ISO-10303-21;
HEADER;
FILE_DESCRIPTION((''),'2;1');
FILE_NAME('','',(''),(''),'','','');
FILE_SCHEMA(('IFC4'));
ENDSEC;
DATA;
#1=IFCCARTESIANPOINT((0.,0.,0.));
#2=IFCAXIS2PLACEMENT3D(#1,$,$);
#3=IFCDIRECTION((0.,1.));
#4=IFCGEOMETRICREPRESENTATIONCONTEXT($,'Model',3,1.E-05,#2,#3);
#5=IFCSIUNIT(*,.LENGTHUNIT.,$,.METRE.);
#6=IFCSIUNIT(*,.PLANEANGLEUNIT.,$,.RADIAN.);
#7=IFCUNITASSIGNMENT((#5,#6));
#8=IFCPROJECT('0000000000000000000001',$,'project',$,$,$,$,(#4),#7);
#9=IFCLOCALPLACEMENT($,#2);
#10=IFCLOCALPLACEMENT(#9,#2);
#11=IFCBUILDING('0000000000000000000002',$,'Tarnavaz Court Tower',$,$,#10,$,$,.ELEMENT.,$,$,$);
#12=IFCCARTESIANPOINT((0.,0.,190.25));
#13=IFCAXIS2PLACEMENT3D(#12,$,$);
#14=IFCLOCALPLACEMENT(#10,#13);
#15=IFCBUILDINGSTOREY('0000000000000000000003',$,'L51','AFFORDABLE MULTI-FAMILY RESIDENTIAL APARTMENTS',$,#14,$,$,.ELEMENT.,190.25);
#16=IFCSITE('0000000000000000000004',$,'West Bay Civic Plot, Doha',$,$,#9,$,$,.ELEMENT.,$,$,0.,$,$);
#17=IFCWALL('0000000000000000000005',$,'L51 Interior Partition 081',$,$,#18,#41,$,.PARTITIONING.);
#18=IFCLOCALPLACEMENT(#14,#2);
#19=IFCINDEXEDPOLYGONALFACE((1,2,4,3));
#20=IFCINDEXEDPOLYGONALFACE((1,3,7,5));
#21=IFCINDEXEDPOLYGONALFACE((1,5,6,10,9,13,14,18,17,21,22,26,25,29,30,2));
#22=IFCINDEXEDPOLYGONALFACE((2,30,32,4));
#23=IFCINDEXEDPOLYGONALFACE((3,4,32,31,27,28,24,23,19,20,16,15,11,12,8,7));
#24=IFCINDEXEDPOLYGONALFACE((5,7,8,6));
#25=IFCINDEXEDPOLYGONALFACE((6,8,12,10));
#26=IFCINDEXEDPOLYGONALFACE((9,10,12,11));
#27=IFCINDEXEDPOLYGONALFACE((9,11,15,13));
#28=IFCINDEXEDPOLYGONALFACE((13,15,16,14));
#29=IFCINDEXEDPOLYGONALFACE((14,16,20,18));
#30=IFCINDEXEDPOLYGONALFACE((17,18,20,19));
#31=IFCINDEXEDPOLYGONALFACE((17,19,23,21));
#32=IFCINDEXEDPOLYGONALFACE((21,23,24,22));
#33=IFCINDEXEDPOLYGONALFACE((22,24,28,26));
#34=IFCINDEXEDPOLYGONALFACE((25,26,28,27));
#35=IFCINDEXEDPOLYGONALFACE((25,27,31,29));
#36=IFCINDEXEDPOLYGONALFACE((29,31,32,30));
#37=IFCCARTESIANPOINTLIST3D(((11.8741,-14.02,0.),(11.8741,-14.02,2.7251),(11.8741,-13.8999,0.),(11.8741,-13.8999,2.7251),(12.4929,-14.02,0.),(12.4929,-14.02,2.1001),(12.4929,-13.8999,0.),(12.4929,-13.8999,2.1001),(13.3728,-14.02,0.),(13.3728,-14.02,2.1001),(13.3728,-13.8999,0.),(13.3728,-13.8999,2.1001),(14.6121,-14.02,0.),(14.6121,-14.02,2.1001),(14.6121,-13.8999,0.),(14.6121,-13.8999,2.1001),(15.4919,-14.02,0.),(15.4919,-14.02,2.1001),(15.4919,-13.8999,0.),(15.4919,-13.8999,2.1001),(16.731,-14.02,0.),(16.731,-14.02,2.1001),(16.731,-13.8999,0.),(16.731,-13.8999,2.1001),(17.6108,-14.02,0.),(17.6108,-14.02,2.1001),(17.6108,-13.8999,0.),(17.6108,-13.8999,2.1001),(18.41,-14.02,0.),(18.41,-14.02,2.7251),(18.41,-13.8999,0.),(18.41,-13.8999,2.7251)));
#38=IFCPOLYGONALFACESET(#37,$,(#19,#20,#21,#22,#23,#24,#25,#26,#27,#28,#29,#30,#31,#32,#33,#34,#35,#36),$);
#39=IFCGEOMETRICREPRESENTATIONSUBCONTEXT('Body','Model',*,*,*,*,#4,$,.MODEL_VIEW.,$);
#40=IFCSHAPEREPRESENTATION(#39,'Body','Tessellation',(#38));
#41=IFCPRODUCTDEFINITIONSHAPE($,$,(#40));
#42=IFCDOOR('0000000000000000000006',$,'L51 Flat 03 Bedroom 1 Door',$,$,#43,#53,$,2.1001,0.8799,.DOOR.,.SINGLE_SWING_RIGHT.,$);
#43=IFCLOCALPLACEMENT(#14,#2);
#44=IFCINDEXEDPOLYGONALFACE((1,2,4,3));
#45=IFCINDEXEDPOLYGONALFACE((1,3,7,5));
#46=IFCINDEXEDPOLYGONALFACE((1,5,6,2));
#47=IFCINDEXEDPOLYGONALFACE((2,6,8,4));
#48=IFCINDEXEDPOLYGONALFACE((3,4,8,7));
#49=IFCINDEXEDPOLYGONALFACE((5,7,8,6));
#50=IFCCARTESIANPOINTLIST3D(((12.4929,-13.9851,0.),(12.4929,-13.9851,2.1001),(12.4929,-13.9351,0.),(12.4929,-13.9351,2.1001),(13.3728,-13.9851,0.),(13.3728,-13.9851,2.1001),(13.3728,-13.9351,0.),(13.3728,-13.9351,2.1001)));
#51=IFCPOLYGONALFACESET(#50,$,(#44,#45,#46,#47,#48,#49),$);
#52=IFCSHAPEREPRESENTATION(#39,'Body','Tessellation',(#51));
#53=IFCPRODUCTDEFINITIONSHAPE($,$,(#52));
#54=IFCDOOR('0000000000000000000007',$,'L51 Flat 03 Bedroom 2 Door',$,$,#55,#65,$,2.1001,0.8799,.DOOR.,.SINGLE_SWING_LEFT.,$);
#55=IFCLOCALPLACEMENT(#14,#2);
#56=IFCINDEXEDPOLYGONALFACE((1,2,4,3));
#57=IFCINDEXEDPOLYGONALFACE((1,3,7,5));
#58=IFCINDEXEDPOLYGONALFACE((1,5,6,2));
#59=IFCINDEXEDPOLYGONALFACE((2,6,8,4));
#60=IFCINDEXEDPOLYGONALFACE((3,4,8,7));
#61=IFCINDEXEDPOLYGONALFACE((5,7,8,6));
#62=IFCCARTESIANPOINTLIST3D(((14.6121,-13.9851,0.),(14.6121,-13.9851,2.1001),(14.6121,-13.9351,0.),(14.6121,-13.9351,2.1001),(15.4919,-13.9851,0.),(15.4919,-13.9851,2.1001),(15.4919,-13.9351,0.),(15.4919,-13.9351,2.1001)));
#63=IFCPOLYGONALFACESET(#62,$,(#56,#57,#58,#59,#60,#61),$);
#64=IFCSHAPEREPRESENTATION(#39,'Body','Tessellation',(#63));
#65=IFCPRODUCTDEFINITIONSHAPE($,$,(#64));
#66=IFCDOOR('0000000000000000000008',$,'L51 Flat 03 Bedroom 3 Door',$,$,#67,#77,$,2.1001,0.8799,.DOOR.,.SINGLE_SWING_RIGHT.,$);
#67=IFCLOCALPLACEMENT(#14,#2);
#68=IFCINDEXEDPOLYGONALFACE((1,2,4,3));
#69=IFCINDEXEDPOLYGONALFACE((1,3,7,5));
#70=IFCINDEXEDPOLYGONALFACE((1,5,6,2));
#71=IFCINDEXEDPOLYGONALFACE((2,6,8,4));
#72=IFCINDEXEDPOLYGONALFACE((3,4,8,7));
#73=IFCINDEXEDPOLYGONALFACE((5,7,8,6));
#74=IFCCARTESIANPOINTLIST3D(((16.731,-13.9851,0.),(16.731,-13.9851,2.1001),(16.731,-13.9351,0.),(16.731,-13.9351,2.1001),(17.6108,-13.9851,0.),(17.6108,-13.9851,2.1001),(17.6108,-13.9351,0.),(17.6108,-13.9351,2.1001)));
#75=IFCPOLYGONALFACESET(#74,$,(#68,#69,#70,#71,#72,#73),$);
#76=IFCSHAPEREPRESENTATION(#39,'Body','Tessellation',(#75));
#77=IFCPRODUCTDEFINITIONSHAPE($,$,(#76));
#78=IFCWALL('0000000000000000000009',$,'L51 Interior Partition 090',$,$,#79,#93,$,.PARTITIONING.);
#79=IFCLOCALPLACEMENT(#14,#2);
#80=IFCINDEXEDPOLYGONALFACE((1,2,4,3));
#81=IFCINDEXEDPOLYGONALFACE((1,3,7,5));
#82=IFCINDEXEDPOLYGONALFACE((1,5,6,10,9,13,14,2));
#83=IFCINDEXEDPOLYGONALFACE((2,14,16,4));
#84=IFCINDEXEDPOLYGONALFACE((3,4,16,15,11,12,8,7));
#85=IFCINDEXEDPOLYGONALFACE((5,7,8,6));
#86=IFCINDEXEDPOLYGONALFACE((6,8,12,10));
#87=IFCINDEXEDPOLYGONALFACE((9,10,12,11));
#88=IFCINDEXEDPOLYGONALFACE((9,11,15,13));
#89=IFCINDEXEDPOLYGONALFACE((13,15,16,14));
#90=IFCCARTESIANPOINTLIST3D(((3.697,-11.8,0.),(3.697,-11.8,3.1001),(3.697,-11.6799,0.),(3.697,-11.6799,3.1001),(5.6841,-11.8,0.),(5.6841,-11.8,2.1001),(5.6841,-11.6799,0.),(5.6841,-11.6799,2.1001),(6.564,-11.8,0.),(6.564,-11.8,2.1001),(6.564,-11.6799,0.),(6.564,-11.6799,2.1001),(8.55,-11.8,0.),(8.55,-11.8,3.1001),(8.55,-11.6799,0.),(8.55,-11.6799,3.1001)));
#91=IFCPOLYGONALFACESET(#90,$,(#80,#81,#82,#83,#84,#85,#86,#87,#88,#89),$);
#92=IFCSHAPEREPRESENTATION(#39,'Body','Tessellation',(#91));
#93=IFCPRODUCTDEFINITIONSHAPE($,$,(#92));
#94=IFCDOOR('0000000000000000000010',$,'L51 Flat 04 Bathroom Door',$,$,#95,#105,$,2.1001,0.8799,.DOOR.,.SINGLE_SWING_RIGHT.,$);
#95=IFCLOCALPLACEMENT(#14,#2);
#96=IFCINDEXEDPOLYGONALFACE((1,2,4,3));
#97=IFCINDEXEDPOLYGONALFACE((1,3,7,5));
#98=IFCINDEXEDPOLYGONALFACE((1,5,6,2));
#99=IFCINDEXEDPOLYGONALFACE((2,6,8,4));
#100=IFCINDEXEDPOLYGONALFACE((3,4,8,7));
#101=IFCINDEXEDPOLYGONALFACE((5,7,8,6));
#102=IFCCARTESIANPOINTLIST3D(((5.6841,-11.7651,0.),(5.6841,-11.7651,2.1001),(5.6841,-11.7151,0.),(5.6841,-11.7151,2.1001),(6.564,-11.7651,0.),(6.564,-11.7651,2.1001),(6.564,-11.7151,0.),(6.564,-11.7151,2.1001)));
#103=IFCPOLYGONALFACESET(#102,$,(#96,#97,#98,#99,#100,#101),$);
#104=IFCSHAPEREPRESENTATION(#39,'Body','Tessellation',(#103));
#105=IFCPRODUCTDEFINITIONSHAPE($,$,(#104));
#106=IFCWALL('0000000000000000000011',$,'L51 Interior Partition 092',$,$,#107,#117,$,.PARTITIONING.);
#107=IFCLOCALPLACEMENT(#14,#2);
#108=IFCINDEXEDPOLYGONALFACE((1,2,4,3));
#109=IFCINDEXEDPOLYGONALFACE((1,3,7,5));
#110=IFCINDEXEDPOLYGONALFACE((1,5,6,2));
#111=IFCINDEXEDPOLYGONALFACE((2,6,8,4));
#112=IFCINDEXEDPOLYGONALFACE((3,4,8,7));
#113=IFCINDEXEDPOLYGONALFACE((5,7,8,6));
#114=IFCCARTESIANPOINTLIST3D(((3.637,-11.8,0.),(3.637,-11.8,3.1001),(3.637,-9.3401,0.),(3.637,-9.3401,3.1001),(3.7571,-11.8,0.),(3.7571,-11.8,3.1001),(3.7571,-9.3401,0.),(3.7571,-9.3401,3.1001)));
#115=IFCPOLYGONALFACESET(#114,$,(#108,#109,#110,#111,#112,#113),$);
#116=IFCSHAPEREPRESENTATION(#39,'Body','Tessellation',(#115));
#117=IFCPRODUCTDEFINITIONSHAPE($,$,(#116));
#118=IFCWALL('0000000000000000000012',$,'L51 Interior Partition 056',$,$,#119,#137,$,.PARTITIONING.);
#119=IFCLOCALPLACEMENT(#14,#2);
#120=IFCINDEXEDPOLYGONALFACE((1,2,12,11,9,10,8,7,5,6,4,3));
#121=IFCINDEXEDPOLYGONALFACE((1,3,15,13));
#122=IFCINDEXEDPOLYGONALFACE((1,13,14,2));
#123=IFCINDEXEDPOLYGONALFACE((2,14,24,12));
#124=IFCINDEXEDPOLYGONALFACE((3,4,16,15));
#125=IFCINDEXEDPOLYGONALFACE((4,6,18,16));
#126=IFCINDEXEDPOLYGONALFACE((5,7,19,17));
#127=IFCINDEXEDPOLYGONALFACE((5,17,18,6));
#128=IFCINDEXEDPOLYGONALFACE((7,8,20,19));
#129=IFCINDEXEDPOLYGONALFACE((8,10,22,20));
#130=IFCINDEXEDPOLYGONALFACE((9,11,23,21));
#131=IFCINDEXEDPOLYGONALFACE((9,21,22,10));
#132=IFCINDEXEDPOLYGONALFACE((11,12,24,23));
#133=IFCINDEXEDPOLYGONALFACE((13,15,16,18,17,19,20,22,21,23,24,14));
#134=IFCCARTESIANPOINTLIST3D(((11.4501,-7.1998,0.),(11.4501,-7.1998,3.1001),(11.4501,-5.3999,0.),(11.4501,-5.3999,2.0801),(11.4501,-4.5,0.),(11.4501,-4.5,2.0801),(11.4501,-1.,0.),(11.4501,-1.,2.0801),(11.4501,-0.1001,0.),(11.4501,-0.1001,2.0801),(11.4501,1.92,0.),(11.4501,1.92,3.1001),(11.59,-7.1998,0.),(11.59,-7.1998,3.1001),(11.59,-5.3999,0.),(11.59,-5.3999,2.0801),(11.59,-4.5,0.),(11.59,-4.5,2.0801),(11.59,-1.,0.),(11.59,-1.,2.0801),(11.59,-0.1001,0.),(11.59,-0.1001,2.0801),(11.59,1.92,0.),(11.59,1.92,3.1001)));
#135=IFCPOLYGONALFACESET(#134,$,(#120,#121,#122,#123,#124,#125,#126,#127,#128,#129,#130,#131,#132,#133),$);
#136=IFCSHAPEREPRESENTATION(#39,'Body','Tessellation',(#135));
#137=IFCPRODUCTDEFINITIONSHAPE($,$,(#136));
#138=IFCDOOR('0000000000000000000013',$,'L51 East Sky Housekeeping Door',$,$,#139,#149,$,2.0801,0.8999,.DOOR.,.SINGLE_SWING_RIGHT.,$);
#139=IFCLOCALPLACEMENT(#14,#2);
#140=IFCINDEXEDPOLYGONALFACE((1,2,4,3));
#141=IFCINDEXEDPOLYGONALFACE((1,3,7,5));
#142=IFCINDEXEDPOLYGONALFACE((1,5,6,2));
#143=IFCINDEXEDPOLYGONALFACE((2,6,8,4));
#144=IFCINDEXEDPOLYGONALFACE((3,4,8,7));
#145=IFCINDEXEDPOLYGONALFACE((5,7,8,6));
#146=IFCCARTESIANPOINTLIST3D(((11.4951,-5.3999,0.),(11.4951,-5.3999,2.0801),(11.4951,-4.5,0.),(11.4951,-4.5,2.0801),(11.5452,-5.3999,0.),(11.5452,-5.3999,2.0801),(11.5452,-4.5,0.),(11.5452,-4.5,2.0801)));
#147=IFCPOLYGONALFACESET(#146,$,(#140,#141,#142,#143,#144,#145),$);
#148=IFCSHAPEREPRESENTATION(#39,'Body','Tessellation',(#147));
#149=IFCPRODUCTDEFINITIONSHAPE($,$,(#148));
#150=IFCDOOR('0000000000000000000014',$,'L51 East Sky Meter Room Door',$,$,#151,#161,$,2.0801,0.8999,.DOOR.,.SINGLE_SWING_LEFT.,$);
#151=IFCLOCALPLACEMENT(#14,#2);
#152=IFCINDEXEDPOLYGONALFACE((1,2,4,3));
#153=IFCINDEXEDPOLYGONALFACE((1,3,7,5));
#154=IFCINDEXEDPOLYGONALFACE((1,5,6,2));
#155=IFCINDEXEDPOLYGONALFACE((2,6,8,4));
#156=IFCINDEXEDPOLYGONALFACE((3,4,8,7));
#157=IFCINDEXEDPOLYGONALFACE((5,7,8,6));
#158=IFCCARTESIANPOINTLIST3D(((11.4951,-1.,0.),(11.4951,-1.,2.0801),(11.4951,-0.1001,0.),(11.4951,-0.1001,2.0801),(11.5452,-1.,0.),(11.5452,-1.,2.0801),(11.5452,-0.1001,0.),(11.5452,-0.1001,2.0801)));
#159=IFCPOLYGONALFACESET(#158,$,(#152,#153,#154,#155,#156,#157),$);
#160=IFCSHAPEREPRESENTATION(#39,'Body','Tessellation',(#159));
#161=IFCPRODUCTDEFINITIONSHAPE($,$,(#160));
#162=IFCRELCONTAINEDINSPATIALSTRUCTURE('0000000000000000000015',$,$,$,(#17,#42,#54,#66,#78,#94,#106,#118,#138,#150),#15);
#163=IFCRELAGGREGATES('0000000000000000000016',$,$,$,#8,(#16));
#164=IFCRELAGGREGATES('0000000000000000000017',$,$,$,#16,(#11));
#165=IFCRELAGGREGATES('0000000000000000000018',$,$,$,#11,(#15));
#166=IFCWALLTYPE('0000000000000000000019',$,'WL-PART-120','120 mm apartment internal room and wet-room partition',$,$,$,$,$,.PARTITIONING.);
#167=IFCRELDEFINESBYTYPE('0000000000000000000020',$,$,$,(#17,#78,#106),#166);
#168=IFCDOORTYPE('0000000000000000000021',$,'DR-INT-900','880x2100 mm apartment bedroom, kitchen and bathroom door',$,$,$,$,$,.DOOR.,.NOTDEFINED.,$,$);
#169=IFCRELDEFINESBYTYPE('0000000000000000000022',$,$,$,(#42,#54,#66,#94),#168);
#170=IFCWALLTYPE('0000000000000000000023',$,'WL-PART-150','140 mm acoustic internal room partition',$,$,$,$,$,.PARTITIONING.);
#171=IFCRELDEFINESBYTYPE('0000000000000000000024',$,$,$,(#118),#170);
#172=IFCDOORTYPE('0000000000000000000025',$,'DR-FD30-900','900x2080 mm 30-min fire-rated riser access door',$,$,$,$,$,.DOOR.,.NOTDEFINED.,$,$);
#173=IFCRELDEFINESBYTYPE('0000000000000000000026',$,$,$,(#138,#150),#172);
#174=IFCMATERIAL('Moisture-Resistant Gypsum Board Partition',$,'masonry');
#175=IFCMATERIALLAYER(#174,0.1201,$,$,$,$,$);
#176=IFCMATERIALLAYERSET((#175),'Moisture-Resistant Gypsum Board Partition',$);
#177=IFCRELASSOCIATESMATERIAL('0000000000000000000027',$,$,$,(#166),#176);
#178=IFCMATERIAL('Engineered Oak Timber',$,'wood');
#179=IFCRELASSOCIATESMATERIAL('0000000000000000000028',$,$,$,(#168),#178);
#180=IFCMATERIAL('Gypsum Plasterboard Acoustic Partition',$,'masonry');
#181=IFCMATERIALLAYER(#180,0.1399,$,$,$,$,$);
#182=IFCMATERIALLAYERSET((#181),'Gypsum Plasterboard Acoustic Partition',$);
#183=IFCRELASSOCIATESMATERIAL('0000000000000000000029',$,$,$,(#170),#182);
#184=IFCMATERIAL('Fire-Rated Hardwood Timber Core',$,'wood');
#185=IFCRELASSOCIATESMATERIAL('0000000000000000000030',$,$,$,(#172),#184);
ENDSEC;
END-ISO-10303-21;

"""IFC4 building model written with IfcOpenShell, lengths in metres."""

from ifc_helpers import new_model, si_unit, direction, frame, frame_2d, origin, place, context, subcontext, project, spatial, rectangle, extrude, material, layer, layer_set, type_object, element, fill, save


model = new_model("IFC4")

# Units and contexts
model_context = context("Model", 3, precision=1e-05, world=origin(), true_north=direction((0.0, 1.0)))
body_context = subcontext(model_context, "Body", "Model", "MODEL_VIEW")
ifc_project = project(units=[si_unit("LENGTHUNIT", "METRE"), si_unit("PLANEANGLEUNIT", "RADIAN")], contexts=[model_context])

# Site, building, storey
site_placement = place(None, origin())
site = spatial("IfcSite", under=ifc_project, at=site_placement, Name="West Bay Civic Plot, Doha", CompositionType="ELEMENT", RefElevation=0.0)
building_placement = place(site_placement, origin())
building = spatial("IfcBuilding", under=site, at=building_placement, Name="Tarnavaz Court Tower", CompositionType="ELEMENT")
storey_placement = place(building_placement, frame((0.0, 0.0, 190.25)))
storey = spatial("IfcBuildingStorey", under=building, at=storey_placement, Name="L51", Description="AFFORDABLE MULTI-FAMILY RESIDENTIAL APARTMENTS", CompositionType="ELEMENT", Elevation=190.25)

# Shared definitions
ifc_material_1 = material(Name="Fire-Rated Hardwood Timber Core", Category="wood")

# Wall, openings, doors
ifc_material_2 = material(Name="Moisture-Resistant Gypsum Board Partition", Category="masonry")
ifc_layer_1 = layer(ifc_material_2, 0.1201)
ifc_layer_set_1 = layer_set([ifc_layer_1], Name="Moisture-Resistant Gypsum Board Partition")
wall_type_1 = type_object("IfcWallType", Name="WL-PART-120", Description="120 mm apartment internal room and wet-room partition", PredefinedType="PARTITIONING", material=ifc_layer_set_1)
wall_1_placement = place(storey_placement, frame((11.874, -13.96, 0.0), z_axis=(0.0, 0.0, 1.0), x_axis=(1.0, 0.0, 0.0)))
wall_1 = element("IfcWall", 1, at=wall_1_placement, inside=storey, type_object=wall_type_1, Name="L51 Interior Partition 081", PredefinedType="PARTITIONING", context=body_context, shape_type="SweptSolid", body=[
    extrude(rectangle(XDim=6.5359, YDim=0.1201, at=frame_2d((3.2681, 0.0))), origin(), (0.0, 0.0, 1.0), 2.7251),
])
opening_1_placement = place(wall_1_placement, frame((0.6189, 0.0, 0.0)))
opening_1 = element("IfcOpeningElement", 2, at=opening_1_placement, cuts=wall_1, PredefinedType="OPENING", context=body_context, shape_type="SweptSolid", body=[
    extrude(rectangle(XDim=0.8799, YDim=2.1001, at=frame_2d((0.4399, 1.05))), frame((0.0, 0.0701, 0.0), z_axis=(0.0, -1.0, 0.0), x_axis=(1.0, 0.0, 0.0)), (0.0, 0.0, 1.0), 0.1401),
])
opening_2_placement = place(wall_1_placement, frame((2.738, 0.0, 0.0)))
opening_2 = element("IfcOpeningElement", 3, at=opening_2_placement, cuts=wall_1, PredefinedType="OPENING", context=body_context, shape_type="SweptSolid", body=[
    extrude(rectangle(XDim=0.8799, YDim=2.1001, at=frame_2d((0.4399, 1.05))), frame((0.0, 0.0701, 0.0), z_axis=(0.0, -1.0, 0.0), x_axis=(1.0, 0.0, 0.0)), (0.0, 0.0, 1.0), 0.1401),
])
opening_3_placement = place(wall_1_placement, frame((4.8569, 0.0, 0.0)))
opening_3 = element("IfcOpeningElement", 4, at=opening_3_placement, cuts=wall_1, PredefinedType="OPENING", context=body_context, shape_type="SweptSolid", body=[
    extrude(rectangle(XDim=0.8799, YDim=2.1001, at=frame_2d((0.4399, 1.05))), frame((0.0, 0.0701, 0.0), z_axis=(0.0, -1.0, 0.0), x_axis=(1.0, 0.0, 0.0)), (0.0, 0.0, 1.0), 0.1401),
])
ifc_material_3 = material(Name="Engineered Oak Timber", Category="wood")
door_type_1 = type_object("IfcDoorType", Name="DR-INT-900", Description="880x2100 mm apartment bedroom, kitchen and bathroom door", OperationType="NOTDEFINED", PredefinedType="DOOR", material=ifc_material_3)
door_1_placement = place(opening_1_placement, origin())
door_1 = element("IfcDoor", 5, at=door_1_placement, inside=storey, type_object=door_type_1, Name="L51 Flat 03 Bedroom 1 Door", OperationType="SINGLE_SWING_RIGHT", OverallHeight=2.1001, OverallWidth=0.8799, PredefinedType="DOOR", context=body_context, shape_type="SweptSolid", body=[
    extrude(rectangle(XDim=0.8799, YDim=2.1001, at=frame_2d((0.4399, 1.05))), frame((0.0, 0.0249, 0.0), z_axis=(0.0, -1.0, 0.0), x_axis=(1.0, 0.0, 0.0)), (0.0, 0.0, 1.0), 0.05),
])
fill(opening_1, door_1)
door_2_placement = place(opening_2_placement, origin())
door_2 = element("IfcDoor", 6, at=door_2_placement, inside=storey, type_object=door_type_1, Name="L51 Flat 03 Bedroom 2 Door", OperationType="SINGLE_SWING_LEFT", OverallHeight=2.1001, OverallWidth=0.8799, PredefinedType="DOOR", context=body_context, shape_type="SweptSolid", body=[
    extrude(rectangle(XDim=0.8799, YDim=2.1001, at=frame_2d((0.4399, 1.05))), frame((0.0, 0.0249, 0.0), z_axis=(0.0, -1.0, 0.0), x_axis=(1.0, 0.0, 0.0)), (0.0, 0.0, 1.0), 0.05),
])
fill(opening_2, door_2)
door_3_placement = place(opening_3_placement, origin())
door_3 = element("IfcDoor", 7, at=door_3_placement, inside=storey, type_object=door_type_1, Name="L51 Flat 03 Bedroom 3 Door", OperationType="SINGLE_SWING_RIGHT", OverallHeight=2.1001, OverallWidth=0.8799, PredefinedType="DOOR", context=body_context, shape_type="SweptSolid", body=[
    extrude(rectangle(XDim=0.8799, YDim=2.1001, at=frame_2d((0.4399, 1.05))), frame((0.0, 0.0249, 0.0), z_axis=(0.0, -1.0, 0.0), x_axis=(1.0, 0.0, 0.0)), (0.0, 0.0, 1.0), 0.05),
])
fill(opening_3, door_3)

# Wall, opening, door
wall_2_placement = place(storey_placement, frame((3.697, -11.74, 0.0), z_axis=(0.0, 0.0, 1.0), x_axis=(1.0, 0.0, 0.0)))
wall_2 = element("IfcWall", 8, at=wall_2_placement, inside=storey, type_object=wall_type_1, Name="L51 Interior Partition 090", PredefinedType="PARTITIONING", context=body_context, shape_type="SweptSolid", body=[
    extrude(rectangle(XDim=4.853, YDim=0.1201, at=frame_2d((2.4265, 0.0))), origin(), (0.0, 0.0, 1.0), 3.1001),
])
opening_4_placement = place(wall_2_placement, frame((1.9871, 0.0, 0.0)))
opening_4 = element("IfcOpeningElement", 9, at=opening_4_placement, cuts=wall_2, PredefinedType="OPENING", context=body_context, shape_type="SweptSolid", body=[
    extrude(rectangle(XDim=0.8799, YDim=2.1001, at=frame_2d((0.4399, 1.05))), frame((0.0, 0.0701, 0.0), z_axis=(0.0, -1.0, 0.0), x_axis=(1.0, 0.0, 0.0)), (0.0, 0.0, 1.0), 0.1401),
])
door_4_placement = place(opening_4_placement, origin())
door_4 = element("IfcDoor", 10, at=door_4_placement, inside=storey, type_object=door_type_1, Name="L51 Flat 04 Bathroom Door", OperationType="SINGLE_SWING_RIGHT", OverallHeight=2.1001, OverallWidth=0.8799, PredefinedType="DOOR", context=body_context, shape_type="SweptSolid", body=[
    extrude(rectangle(XDim=0.8799, YDim=2.1001, at=frame_2d((0.4399, 1.05))), frame((0.0, 0.0249, 0.0), z_axis=(0.0, -1.0, 0.0), x_axis=(1.0, 0.0, 0.0)), (0.0, 0.0, 1.0), 0.05),
])
fill(opening_4, door_4)

# Wall
wall_3_placement = place(storey_placement, frame((3.697, -11.8, 0.0), z_axis=(0.0, 0.0, 1.0), x_axis=(0.0, 1.0, 0.0)))
element("IfcWall", 11, at=wall_3_placement, inside=storey, type_object=wall_type_1, Name="L51 Interior Partition 092", PredefinedType="PARTITIONING", context=body_context, shape_type="SweptSolid", body=[
    extrude(rectangle(XDim=2.46, YDim=0.1201, at=frame_2d((1.23, 0.0))), origin(), (0.0, 0.0, 1.0), 3.1001),
])

# Wall, openings, doors
ifc_material_4 = material(Name="Gypsum Plasterboard Acoustic Partition", Category="masonry")
ifc_layer_2 = layer(ifc_material_4, 0.1399)
ifc_layer_set_2 = layer_set([ifc_layer_2], Name="Gypsum Plasterboard Acoustic Partition")
wall_type_2 = type_object("IfcWallType", Name="WL-PART-150", Description="140 mm acoustic internal room partition", PredefinedType="PARTITIONING", material=ifc_layer_set_2)
wall_4_placement = place(storey_placement, frame((11.52, -7.2, 0.0), z_axis=(0.0, 0.0, 1.0), x_axis=(0.0, 1.0, 0.0)))
wall_4 = element("IfcWall", 12, at=wall_4_placement, inside=storey, type_object=wall_type_2, Name="L51 Interior Partition 056", PredefinedType="PARTITIONING", context=body_context, shape_type="SweptSolid", body=[
    extrude(rectangle(XDim=9.1199, YDim=0.1399, at=frame_2d((4.5601, 0.0))), origin(), (0.0, 0.0, 1.0), 3.1001),
])
opening_5_placement = place(wall_4_placement, frame((1.8, 0.0, 0.0)))
opening_5 = element("IfcOpeningElement", 13, at=opening_5_placement, cuts=wall_4, PredefinedType="OPENING", context=body_context, shape_type="SweptSolid", body=[
    extrude(rectangle(XDim=0.8999, YDim=2.0801, at=frame_2d((0.45, 1.04))), frame((0.0, 0.0798, 0.0), z_axis=(0.0, -1.0, 0.0), x_axis=(1.0, 0.0, 0.0)), (0.0, 0.0, 1.0), 0.1599),
])
opening_6_placement = place(wall_4_placement, frame((6.2, 0.0, 0.0)))
opening_6 = element("IfcOpeningElement", 14, at=opening_6_placement, cuts=wall_4, PredefinedType="OPENING", context=body_context, shape_type="SweptSolid", body=[
    extrude(rectangle(XDim=0.8999, YDim=2.0801, at=frame_2d((0.45, 1.04))), frame((0.0, 0.0798, 0.0), z_axis=(0.0, -1.0, 0.0), x_axis=(1.0, 0.0, 0.0)), (0.0, 0.0, 1.0), 0.1599),
])
door_type_2 = type_object("IfcDoorType", Name="DR-FD30-900", Description="900x2080 mm 30-min fire-rated riser access door", OperationType="NOTDEFINED", PredefinedType="DOOR", material=ifc_material_1)
door_5_placement = place(opening_5_placement, origin())
door_5 = element("IfcDoor", 15, at=door_5_placement, inside=storey, type_object=door_type_2, Name="L51 East Sky Housekeeping Door", OperationType="SINGLE_SWING_RIGHT", OverallHeight=2.0801, OverallWidth=0.8999, PredefinedType="DOOR", context=body_context, shape_type="SweptSolid", body=[
    extrude(rectangle(XDim=0.8999, YDim=2.0801, at=frame_2d((0.45, 1.04))), frame((0.0, 0.0249, 0.0), z_axis=(0.0, -1.0, 0.0), x_axis=(1.0, 0.0, 0.0)), (0.0, 0.0, 1.0), 0.05),
])
fill(opening_5, door_5)
door_6_placement = place(opening_6_placement, origin())
door_6 = element("IfcDoor", 16, at=door_6_placement, inside=storey, type_object=door_type_2, Name="L51 East Sky Meter Room Door", OperationType="SINGLE_SWING_LEFT", OverallHeight=2.0801, OverallWidth=0.8999, PredefinedType="DOOR", context=body_context, shape_type="SweptSolid", body=[
    extrude(rectangle(XDim=0.8999, YDim=2.0801, at=frame_2d((0.45, 1.04))), frame((0.0, 0.0249, 0.0), z_axis=(0.0, -1.0, 0.0), x_axis=(1.0, 0.0, 0.0)), (0.0, 0.0, 1.0), 0.05),
])
fill(opening_6, door_6)

save(model, "model.ifc")
